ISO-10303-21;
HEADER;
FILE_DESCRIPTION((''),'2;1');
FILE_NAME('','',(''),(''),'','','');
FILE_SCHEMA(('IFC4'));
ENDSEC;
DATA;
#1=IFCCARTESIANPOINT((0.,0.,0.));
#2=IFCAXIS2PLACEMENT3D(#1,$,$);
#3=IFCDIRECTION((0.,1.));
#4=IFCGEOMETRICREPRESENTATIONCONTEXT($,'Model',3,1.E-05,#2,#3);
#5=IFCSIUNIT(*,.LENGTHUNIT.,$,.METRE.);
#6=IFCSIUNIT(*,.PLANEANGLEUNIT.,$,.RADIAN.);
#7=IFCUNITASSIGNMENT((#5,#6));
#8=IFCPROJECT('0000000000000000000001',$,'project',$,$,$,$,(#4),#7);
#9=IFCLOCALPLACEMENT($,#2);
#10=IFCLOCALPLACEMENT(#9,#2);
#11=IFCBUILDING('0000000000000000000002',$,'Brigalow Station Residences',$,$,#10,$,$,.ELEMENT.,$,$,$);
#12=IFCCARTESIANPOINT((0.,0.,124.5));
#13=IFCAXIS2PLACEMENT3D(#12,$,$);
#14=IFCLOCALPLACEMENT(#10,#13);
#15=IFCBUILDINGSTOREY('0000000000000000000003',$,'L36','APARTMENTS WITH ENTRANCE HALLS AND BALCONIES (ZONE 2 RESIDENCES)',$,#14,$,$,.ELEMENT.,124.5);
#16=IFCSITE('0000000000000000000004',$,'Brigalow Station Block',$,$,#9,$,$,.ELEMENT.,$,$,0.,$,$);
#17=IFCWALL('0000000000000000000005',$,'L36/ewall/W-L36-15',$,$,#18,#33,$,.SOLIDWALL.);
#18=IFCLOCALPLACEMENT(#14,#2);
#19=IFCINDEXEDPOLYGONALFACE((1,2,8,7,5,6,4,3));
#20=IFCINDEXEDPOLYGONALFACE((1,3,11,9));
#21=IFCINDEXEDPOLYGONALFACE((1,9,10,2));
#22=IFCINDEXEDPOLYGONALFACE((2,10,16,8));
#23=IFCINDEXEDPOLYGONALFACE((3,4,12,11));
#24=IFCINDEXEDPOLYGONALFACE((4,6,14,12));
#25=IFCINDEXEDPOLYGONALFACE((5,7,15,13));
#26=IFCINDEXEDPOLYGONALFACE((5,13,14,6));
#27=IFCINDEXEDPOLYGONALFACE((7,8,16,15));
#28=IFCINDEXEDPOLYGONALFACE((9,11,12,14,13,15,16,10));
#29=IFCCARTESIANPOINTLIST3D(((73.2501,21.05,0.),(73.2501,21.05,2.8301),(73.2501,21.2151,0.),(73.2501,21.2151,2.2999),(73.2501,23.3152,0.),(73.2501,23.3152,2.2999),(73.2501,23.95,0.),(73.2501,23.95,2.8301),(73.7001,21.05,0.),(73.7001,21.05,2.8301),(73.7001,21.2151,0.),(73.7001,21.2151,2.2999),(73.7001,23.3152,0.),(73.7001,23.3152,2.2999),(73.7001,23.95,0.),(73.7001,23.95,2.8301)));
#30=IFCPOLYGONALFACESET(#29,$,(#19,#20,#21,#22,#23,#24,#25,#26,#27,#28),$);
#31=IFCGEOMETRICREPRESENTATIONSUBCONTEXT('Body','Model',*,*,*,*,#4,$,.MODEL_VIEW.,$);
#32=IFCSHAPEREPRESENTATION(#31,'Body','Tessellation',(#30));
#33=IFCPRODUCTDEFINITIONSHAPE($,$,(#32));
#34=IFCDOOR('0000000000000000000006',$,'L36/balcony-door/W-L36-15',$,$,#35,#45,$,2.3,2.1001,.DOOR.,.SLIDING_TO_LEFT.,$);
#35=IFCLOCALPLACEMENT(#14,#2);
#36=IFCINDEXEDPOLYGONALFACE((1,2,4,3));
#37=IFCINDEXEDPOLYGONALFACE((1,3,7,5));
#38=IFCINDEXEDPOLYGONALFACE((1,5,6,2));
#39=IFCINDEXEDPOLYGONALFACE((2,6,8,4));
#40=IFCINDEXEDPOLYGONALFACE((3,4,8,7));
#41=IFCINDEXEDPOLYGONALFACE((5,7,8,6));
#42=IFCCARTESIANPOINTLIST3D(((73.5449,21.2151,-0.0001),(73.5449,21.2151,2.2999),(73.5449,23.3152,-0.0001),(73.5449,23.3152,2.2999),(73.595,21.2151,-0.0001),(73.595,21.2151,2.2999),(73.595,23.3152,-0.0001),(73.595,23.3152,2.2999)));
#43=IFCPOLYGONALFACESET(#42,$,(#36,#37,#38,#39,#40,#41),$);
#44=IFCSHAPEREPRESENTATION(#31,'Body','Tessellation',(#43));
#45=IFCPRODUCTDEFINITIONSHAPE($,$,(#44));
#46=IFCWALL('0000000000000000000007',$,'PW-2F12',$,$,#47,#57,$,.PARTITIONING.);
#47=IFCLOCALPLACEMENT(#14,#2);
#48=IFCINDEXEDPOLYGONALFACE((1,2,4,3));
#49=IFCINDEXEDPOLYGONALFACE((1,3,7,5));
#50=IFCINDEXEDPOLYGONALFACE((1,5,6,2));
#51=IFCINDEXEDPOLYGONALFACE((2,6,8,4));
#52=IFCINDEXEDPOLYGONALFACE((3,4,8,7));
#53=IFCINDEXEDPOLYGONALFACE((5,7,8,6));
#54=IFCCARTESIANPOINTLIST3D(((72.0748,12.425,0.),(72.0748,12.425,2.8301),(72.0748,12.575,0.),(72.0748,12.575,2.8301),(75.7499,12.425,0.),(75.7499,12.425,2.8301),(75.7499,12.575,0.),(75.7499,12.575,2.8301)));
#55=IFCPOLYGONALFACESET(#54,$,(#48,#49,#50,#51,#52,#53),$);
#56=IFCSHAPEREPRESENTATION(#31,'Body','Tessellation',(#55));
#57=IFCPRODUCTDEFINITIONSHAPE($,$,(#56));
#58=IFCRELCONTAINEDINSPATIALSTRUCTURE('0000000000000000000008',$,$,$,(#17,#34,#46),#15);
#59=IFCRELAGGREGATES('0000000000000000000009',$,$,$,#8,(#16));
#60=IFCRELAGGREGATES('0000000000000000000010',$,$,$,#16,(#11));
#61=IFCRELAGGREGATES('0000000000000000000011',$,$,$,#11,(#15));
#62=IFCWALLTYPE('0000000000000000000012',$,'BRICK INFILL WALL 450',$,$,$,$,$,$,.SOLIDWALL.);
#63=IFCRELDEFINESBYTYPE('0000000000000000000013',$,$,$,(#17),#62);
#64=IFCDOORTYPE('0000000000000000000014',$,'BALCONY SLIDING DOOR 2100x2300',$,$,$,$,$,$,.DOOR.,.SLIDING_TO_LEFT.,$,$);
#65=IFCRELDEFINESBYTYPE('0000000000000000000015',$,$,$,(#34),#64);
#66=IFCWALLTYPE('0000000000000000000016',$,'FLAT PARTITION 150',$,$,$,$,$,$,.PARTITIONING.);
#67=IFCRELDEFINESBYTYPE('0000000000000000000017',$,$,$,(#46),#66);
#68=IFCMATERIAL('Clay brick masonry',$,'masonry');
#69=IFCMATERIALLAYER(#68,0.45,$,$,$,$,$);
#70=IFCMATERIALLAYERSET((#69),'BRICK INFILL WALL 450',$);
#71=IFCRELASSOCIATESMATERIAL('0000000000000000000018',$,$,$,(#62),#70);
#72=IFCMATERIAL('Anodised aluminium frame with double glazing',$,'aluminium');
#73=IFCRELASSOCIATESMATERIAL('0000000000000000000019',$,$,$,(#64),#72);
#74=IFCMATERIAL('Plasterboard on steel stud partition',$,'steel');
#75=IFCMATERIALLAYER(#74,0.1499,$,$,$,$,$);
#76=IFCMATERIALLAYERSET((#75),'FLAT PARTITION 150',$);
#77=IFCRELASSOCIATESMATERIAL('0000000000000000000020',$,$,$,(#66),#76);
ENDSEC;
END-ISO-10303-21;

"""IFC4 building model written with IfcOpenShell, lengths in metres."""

from ifc_helpers import new_model, si_unit, direction, frame, frame_2d, origin, place, context, subcontext, project, spatial, rectangle, extrude, material, layer, layer_set, type_object, element, fill, save


model = new_model("IFC4")

# Units and contexts
model_context = context("Model", 3, precision=1e-05, world=origin(), true_north=direction((0.0, 1.0)))
body_context = subcontext(model_context, "Body", "Model", "MODEL_VIEW")
ifc_project = project(units=[si_unit("LENGTHUNIT", "METRE"), si_unit("PLANEANGLEUNIT", "RADIAN")], contexts=[model_context])

# Site, building, storey
site_placement = place(None, origin())
site = spatial("IfcSite", under=ifc_project, at=site_placement, Name="Brigalow Station Block", CompositionType="ELEMENT", RefElevation=0.0)
building_placement = place(site_placement, origin())
building = spatial("IfcBuilding", under=site, at=building_placement, Name="Brigalow Station Residences", CompositionType="ELEMENT")
storey_placement = place(building_placement, frame((0.0, 0.0, 124.5)))
storey = spatial("IfcBuildingStorey", under=building, at=storey_placement, Name="L36", Description="APARTMENTS WITH ENTRANCE HALLS AND BALCONIES (ZONE 2 RESIDENCES)", CompositionType="ELEMENT", Elevation=124.5)

# Shared definitions
ifc_material_1 = material(Name="Clay brick masonry", Category="masonry")
ifc_layer_1 = layer(ifc_material_1, 0.45)
ifc_layer_set_1 = layer_set([ifc_layer_1], Name="BRICK INFILL WALL 450")
wall_type_1 = type_object("IfcWallType", Name="BRICK INFILL WALL 450", PredefinedType="SOLIDWALL", material=ifc_layer_set_1)

# Wall, opening, door
wall_1_placement = place(storey_placement, frame((73.4751, 21.05, 0.0), z_axis=(0.0, 0.0, 1.0), x_axis=(0.0, 1.0, 0.0)))
wall_1 = element("IfcWall", 1, at=wall_1_placement, inside=storey, type_object=wall_type_1, Name="L36/ewall/W-L36-15", PredefinedType="SOLIDWALL", context=body_context, shape_type="SweptSolid", body=[
    extrude(rectangle(XDim=2.8999, YDim=0.45, at=frame_2d((1.45, 0.0))), origin(), (0.0, 0.0, 1.0), 2.8301),
])
opening_1_placement = place(wall_1_placement, frame((0.165, 0.0, 0.0)))
opening_1 = element("IfcOpeningElement", 2, at=opening_1_placement, cuts=wall_1, PredefinedType="OPENING", context=body_context, shape_type="SweptSolid", body=[
    extrude(rectangle(XDim=2.1001, YDim=2.3, at=frame_2d((1.05, 1.1499))), frame((0.0, 0.2349, 0.0), z_axis=(0.0, -1.0, 0.0), x_axis=(1.0, 0.0, 0.0)), (0.0, 0.0, 1.0), 0.47),
])
ifc_material_2 = material(Name="Anodised aluminium frame with double glazing", Category="aluminium")
door_type_1 = type_object("IfcDoorType", Name="BALCONY SLIDING DOOR 2100x2300", OperationType="SLIDING_TO_LEFT", PredefinedType="DOOR", material=ifc_material_2)
door_1_placement = place(opening_1_placement, origin())
door_1 = element("IfcDoor", 3, at=door_1_placement, inside=storey, type_object=door_type_1, Name="L36/balcony-door/W-L36-15", OperationType="SLIDING_TO_LEFT", OverallHeight=2.3, OverallWidth=2.1001, PredefinedType="DOOR", context=body_context, shape_type="SweptSolid", body=[
    extrude(rectangle(XDim=2.1001, YDim=2.3, at=frame_2d((1.05, 1.1499))), frame((0.0, -0.0698, 0.0), z_axis=(0.0, -1.0, 0.0), x_axis=(1.0, 0.0, 0.0)), (0.0, 0.0, 1.0), 0.05),
])
fill(opening_1, door_1)

# Wall
ifc_material_3 = material(Name="Plasterboard on steel stud partition", Category="steel")
ifc_layer_2 = layer(ifc_material_3, 0.1499)
ifc_layer_set_2 = layer_set([ifc_layer_2], Name="FLAT PARTITION 150")
wall_type_2 = type_object("IfcWallType", Name="FLAT PARTITION 150", PredefinedType="PARTITIONING", material=ifc_layer_set_2)
wall_2_placement = place(storey_placement, frame((72.075, 12.5, 0.0), z_axis=(0.0, 0.0, 1.0), x_axis=(1.0, 0.0, 0.0)))
element("IfcWall", 4, at=wall_2_placement, inside=storey, type_object=wall_type_2, Name="PW-2F12", PredefinedType="PARTITIONING", context=body_context, shape_type="SweptSolid", body=[
    extrude(rectangle(XDim=3.675, YDim=0.1499, at=frame_2d((1.8374, 0.0))), origin(), (0.0, 0.0, 1.0), 2.8301),
])

save(model, "model.ifc")
